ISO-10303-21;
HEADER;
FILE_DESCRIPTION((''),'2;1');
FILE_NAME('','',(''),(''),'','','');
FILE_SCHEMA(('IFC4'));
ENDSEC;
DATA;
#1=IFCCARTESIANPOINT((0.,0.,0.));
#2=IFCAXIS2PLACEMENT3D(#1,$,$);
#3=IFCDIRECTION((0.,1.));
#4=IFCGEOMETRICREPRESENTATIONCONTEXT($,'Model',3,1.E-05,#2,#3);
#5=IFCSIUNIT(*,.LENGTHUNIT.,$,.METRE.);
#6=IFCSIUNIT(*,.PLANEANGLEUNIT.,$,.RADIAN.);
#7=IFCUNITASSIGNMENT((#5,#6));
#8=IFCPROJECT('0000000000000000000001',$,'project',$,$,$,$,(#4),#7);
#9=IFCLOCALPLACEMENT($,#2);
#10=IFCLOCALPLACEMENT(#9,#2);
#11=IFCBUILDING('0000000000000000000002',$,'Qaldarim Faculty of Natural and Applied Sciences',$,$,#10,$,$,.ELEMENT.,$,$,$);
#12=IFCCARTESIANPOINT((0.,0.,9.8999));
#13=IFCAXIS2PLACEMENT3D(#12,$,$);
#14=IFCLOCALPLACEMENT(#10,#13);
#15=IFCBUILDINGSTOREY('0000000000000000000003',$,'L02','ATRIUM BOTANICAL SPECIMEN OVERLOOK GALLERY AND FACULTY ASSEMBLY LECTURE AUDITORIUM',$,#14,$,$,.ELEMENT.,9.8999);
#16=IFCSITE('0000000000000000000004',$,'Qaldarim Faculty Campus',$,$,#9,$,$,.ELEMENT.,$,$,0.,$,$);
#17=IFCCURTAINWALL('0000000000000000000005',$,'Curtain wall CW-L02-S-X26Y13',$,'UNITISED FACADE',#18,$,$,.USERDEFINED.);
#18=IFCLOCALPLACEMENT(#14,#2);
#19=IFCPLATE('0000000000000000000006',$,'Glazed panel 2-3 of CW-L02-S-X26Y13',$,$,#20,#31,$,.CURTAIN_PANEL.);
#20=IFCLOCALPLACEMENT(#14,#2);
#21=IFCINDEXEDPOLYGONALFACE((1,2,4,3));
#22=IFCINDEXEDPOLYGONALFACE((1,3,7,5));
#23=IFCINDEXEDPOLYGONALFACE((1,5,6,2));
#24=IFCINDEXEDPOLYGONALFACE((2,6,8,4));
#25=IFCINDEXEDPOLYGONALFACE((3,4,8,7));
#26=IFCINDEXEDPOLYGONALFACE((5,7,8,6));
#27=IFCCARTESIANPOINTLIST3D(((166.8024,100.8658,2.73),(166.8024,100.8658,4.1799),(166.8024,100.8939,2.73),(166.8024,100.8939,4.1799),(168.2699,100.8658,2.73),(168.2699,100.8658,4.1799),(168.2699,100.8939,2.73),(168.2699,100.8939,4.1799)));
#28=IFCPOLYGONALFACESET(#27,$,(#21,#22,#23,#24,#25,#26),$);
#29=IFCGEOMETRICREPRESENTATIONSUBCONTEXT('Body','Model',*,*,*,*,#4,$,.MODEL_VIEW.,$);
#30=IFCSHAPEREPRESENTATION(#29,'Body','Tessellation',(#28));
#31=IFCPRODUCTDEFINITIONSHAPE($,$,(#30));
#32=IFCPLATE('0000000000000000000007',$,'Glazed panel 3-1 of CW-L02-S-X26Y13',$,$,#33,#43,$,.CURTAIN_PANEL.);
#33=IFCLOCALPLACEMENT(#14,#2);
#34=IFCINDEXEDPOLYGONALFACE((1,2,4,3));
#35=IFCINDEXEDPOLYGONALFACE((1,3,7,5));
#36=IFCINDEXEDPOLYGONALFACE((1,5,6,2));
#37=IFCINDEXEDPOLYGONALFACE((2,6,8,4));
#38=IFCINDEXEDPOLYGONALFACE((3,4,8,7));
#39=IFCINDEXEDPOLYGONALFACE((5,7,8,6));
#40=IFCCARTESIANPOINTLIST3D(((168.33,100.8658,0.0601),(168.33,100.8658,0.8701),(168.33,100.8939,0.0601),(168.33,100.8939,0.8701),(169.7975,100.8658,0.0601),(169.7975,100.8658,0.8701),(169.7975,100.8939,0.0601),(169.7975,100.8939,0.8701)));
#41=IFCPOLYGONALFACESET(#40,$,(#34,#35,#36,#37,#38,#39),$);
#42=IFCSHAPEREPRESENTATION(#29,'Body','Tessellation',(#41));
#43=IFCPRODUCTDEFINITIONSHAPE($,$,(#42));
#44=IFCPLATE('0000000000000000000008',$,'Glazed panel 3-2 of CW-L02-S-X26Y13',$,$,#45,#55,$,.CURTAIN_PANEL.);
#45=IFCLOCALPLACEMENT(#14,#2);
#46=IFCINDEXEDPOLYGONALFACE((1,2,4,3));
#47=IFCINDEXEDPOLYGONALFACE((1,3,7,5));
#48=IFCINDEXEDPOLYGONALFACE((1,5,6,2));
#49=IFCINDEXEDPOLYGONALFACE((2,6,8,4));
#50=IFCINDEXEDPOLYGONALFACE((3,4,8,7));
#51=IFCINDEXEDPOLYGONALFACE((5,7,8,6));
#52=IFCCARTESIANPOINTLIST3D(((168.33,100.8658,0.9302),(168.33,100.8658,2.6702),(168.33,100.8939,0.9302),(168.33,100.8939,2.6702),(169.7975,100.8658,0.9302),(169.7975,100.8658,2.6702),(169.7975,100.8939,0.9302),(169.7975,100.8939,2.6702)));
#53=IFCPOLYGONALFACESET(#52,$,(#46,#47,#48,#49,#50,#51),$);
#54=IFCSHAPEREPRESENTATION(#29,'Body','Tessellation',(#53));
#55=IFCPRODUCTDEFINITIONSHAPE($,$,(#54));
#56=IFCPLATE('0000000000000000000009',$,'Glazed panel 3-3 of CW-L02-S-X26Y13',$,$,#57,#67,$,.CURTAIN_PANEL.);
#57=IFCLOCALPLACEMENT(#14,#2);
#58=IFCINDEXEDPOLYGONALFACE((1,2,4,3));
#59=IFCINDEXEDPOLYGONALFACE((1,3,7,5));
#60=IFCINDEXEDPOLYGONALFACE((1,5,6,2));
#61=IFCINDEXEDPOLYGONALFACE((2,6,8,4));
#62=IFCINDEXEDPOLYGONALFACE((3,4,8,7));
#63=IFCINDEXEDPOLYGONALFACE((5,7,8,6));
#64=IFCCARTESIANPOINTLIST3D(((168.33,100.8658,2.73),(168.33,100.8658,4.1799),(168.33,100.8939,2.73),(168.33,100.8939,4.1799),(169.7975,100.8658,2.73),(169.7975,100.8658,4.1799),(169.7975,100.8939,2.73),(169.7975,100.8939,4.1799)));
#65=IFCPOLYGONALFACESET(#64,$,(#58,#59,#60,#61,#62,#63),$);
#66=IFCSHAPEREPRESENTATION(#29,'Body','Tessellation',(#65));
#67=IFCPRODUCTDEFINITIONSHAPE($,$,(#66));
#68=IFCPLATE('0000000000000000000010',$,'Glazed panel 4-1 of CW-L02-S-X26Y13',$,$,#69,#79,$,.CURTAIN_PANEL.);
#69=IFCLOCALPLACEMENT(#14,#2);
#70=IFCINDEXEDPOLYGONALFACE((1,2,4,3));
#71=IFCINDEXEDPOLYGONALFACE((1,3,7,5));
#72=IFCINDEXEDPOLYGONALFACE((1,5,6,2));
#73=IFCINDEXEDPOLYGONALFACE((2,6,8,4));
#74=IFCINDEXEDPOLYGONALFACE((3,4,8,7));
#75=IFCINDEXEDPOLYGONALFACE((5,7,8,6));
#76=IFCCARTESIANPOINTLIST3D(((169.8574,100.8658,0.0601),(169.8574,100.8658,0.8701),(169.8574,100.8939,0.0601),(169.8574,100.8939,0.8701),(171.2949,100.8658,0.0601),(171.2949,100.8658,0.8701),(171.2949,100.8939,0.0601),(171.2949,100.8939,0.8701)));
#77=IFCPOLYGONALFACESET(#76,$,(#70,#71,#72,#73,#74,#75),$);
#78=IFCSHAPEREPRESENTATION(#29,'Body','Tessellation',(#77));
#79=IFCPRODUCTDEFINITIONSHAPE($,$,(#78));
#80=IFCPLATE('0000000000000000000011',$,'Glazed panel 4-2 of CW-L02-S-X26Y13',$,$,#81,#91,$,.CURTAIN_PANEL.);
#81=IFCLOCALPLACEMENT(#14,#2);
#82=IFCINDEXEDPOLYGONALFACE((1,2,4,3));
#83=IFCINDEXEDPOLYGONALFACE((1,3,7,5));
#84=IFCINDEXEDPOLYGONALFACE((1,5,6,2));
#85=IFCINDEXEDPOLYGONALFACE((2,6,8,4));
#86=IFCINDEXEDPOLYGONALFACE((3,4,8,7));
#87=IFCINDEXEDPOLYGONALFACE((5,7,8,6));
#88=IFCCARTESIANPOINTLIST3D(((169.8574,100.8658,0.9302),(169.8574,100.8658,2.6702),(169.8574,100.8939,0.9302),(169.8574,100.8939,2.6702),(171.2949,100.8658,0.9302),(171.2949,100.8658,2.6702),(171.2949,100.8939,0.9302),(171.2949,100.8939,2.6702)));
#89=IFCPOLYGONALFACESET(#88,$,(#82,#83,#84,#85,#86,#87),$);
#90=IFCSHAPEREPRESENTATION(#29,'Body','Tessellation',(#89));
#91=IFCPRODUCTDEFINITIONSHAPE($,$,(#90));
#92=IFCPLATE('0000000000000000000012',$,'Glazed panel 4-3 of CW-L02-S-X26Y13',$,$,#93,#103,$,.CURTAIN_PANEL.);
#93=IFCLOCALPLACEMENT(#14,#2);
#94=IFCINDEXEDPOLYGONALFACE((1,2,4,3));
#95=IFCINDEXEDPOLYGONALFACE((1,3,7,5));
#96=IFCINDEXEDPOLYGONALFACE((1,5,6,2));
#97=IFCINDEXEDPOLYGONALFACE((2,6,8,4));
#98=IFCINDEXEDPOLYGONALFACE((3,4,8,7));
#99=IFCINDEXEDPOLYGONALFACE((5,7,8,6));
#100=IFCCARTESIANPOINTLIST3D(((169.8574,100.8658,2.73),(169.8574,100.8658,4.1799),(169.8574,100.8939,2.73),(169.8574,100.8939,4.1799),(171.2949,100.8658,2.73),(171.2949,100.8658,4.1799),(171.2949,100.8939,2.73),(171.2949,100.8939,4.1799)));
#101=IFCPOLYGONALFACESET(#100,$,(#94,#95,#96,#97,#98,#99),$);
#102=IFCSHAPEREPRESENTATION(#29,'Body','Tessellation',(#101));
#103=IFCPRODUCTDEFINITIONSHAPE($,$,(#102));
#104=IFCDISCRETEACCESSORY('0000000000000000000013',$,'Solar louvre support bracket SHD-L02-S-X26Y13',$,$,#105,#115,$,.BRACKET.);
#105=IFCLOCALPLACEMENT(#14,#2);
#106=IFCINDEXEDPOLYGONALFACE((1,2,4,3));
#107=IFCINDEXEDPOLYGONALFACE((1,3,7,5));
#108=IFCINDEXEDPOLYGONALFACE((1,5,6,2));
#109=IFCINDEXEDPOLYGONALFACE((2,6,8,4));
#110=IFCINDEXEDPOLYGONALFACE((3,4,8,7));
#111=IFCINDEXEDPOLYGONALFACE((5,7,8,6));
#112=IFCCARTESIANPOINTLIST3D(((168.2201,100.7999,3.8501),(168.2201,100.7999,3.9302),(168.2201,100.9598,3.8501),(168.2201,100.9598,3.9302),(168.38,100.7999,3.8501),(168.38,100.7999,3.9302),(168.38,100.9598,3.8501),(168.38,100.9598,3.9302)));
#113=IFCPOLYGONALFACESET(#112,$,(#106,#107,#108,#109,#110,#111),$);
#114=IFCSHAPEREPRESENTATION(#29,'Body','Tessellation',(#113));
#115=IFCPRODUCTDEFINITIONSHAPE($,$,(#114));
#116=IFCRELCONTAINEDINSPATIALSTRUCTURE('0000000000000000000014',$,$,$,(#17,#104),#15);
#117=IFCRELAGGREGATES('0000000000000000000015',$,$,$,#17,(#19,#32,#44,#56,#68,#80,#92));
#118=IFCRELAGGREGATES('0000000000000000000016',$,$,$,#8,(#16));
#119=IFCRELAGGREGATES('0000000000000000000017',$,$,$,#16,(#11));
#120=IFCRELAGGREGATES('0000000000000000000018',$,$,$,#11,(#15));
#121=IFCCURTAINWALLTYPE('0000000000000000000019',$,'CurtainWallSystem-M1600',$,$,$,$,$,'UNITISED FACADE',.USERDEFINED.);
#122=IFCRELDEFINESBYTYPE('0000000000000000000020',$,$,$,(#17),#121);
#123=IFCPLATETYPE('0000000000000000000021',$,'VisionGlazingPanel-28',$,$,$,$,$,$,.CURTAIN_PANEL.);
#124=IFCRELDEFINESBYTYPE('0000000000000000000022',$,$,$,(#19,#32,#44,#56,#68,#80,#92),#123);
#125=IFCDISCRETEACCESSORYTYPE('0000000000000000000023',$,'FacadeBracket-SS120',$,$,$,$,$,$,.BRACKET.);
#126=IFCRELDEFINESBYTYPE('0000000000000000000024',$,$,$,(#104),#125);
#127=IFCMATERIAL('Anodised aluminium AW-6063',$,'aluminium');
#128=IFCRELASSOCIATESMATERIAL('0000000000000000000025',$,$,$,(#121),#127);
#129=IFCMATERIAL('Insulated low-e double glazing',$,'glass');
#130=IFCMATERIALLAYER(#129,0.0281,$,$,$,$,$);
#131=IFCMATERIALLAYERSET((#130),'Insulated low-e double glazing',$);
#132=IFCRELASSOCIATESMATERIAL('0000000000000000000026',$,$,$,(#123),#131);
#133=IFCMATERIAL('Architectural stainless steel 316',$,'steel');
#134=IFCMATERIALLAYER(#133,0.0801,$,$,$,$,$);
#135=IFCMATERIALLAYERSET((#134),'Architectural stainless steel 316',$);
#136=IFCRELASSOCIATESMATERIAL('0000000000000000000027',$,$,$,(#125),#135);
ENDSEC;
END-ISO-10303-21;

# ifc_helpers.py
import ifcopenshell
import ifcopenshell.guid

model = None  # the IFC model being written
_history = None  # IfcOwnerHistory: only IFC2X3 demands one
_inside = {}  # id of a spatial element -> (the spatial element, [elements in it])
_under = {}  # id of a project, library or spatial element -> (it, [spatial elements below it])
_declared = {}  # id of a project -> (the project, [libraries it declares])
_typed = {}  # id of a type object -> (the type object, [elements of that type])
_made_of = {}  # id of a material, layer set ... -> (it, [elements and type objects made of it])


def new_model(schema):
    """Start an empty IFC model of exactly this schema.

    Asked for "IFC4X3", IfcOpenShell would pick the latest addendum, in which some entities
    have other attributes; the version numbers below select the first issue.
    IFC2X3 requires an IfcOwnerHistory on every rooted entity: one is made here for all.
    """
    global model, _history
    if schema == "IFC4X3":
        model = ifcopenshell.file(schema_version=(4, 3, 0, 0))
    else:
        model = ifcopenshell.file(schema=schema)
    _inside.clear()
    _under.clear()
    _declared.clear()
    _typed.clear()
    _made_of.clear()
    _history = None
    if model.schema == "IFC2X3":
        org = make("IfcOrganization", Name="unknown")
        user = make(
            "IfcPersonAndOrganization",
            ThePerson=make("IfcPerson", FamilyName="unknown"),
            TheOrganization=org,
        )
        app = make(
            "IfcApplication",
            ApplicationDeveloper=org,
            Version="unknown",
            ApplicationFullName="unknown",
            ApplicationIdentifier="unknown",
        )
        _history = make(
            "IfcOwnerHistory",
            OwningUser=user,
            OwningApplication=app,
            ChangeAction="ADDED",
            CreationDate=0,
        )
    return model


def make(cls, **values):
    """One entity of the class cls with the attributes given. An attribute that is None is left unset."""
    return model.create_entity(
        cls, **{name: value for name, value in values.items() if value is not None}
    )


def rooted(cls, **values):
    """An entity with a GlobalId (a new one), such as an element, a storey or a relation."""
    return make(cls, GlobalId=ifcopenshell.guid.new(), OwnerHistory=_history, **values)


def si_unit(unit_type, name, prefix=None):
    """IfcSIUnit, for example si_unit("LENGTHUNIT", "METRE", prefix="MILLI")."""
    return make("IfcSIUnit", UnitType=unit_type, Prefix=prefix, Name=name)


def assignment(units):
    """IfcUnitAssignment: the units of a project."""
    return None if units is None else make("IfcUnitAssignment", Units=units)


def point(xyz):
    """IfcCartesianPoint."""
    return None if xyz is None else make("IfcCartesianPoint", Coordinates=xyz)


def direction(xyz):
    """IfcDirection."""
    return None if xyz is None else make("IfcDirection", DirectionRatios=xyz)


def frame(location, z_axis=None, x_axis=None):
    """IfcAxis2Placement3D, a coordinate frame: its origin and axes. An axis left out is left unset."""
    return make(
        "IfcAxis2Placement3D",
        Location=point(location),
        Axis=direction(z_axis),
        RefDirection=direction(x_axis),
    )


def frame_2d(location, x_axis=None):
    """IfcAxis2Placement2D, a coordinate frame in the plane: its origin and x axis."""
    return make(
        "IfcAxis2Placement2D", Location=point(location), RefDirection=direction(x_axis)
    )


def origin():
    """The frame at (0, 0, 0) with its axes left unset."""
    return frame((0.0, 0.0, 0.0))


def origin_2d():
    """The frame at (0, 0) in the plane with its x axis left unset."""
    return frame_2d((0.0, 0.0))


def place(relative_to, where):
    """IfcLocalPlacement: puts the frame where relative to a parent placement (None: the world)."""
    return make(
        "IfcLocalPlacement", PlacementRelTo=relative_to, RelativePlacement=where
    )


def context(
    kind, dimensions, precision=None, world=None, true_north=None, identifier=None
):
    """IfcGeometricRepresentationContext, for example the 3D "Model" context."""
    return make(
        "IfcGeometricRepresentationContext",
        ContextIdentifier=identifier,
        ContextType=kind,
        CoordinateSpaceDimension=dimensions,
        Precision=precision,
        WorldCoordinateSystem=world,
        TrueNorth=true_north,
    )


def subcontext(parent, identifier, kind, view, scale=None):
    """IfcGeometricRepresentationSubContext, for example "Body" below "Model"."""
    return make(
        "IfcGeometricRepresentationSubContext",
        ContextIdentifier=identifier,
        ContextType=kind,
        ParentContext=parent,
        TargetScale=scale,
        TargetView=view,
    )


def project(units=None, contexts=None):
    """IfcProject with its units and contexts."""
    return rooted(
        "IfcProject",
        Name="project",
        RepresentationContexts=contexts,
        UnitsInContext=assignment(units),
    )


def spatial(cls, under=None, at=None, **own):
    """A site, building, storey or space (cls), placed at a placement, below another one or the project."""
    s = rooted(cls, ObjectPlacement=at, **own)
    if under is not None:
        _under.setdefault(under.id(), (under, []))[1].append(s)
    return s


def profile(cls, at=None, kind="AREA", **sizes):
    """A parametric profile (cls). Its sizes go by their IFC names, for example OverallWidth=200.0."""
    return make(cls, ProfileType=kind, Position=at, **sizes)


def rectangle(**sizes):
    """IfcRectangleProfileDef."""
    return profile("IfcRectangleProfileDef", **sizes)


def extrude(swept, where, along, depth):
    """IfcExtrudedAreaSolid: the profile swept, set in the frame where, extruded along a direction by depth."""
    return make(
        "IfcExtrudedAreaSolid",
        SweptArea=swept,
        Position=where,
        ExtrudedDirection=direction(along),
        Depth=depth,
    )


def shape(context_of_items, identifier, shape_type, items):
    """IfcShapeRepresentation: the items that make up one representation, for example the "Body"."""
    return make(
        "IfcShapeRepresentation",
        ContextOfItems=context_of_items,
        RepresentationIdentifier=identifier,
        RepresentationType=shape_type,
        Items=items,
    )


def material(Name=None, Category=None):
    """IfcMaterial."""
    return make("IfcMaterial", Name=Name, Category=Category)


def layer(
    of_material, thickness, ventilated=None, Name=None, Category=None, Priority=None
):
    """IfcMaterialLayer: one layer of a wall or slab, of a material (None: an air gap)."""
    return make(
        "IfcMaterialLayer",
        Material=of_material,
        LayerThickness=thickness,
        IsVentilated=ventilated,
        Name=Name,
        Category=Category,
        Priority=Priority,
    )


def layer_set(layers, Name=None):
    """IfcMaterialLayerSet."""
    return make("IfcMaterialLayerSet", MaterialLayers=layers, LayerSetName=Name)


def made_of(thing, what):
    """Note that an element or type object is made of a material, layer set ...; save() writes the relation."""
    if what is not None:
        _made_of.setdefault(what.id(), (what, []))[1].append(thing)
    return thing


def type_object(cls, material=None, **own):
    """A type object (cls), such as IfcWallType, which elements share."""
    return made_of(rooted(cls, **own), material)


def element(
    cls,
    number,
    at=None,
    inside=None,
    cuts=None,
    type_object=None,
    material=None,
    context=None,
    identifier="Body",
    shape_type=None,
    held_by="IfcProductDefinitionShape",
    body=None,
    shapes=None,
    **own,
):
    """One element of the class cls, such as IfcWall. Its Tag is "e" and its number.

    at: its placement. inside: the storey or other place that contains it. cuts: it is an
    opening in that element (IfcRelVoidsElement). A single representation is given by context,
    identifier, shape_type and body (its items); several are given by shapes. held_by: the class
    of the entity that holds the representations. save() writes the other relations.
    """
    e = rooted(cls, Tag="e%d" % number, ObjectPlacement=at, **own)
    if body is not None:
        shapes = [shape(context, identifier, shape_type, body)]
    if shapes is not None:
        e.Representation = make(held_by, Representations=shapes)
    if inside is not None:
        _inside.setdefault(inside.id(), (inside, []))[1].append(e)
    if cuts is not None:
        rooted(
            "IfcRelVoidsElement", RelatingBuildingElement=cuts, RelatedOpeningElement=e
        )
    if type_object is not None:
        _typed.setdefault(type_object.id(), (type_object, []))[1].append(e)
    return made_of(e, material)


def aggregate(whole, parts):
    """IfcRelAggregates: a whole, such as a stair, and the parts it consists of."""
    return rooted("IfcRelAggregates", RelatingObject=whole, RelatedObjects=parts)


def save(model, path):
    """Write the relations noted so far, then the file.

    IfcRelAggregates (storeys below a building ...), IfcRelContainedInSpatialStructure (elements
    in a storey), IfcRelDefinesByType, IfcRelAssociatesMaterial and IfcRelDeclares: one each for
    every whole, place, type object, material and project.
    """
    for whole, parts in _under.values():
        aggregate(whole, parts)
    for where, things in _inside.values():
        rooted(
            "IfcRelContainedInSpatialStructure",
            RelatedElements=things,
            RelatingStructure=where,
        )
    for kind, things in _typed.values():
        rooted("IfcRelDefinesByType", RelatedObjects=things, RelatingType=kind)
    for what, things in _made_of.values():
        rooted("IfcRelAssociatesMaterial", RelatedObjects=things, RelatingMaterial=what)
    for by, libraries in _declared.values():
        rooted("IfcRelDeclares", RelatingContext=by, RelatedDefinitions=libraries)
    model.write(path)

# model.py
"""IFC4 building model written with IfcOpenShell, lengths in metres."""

from ifc_helpers import new_model, si_unit, direction, frame, origin, origin_2d, place, context, subcontext, project, spatial, rectangle, extrude, material, layer, layer_set, type_object, element, aggregate, save


model = new_model("IFC4")

# Units and contexts
model_context = context("Model", 3, precision=1e-05, world=origin(), true_north=direction((0.0, 1.0)))
body_context = subcontext(model_context, "Body", "Model", "MODEL_VIEW")
ifc_project = project(units=[si_unit("LENGTHUNIT", "METRE"), si_unit("PLANEANGLEUNIT", "RADIAN")], contexts=[model_context])

# Site, building, storey
site_placement = place(None, origin())
site = spatial("IfcSite", under=ifc_project, at=site_placement, Name="Qaldarim Faculty Campus", CompositionType="ELEMENT", RefElevation=0.0)
building_placement = place(site_placement, origin())
building = spatial("IfcBuilding", under=site, at=building_placement, Name="Qaldarim Faculty of Natural and Applied Sciences", CompositionType="ELEMENT")
storey_placement = place(building_placement, frame((0.0, 0.0, 9.8999)))
storey = spatial("IfcBuildingStorey", under=building, at=storey_placement, Name="L02", Description="ATRIUM BOTANICAL SPECIMEN OVERLOOK GALLERY AND FACULTY ASSEMBLY LECTURE AUDITORIUM", CompositionType="ELEMENT", Elevation=9.8999)

# Curtain wall, plates
ifc_material_1 = material(Name="Anodised aluminium AW-6063", Category="aluminium")
curtain_wall_type = type_object("IfcCurtainWallType", Name="CurtainWallSystem-M1600", ElementType="UNITISED FACADE", PredefinedType="USERDEFINED", material=ifc_material_1)
curtain_wall_placement = place(storey_placement, origin())
curtain_wall = element("IfcCurtainWall", 1, at=curtain_wall_placement, inside=storey, type_object=curtain_wall_type, Name="Curtain wall CW-L02-S-X26Y13", ObjectType="UNITISED FACADE", PredefinedType="USERDEFINED")
ifc_material_2 = material(Name="Insulated low-e double glazing", Category="glass")
ifc_layer_1 = layer(ifc_material_2, 0.0281)
ifc_layer_set_1 = layer_set([ifc_layer_1], Name="Insulated low-e double glazing")
plate_type = type_object("IfcPlateType", Name="VisionGlazingPanel-28", PredefinedType="CURTAIN_PANEL", material=ifc_layer_set_1)
plate_1_placement = place(storey_placement, frame((167.5361, 100.8799, 2.73), z_axis=(0.0, 0.0, 1.0), x_axis=(1.0, 0.0, 0.0)))
plate_1 = element("IfcPlate", 2, at=plate_1_placement, type_object=plate_type, Name="Glazed panel 2-3 of CW-L02-S-X26Y13", PredefinedType="CURTAIN_PANEL", context=body_context, shape_type="SweptSolid", body=[
    extrude(rectangle(XDim=1.4675, YDim=0.0281, at=origin_2d()), origin(), (0.0, 0.0, 1.0), 1.45),
])
plate_2_placement = place(storey_placement, frame((169.0637, 100.8799, 0.0601), z_axis=(0.0, 0.0, 1.0), x_axis=(1.0, 0.0, 0.0)))
plate_2 = element("IfcPlate", 3, at=plate_2_placement, type_object=plate_type, Name="Glazed panel 3-1 of CW-L02-S-X26Y13", PredefinedType="CURTAIN_PANEL", context=body_context, shape_type="SweptSolid", body=[
    extrude(rectangle(XDim=1.4675, YDim=0.0281, at=origin_2d()), origin(), (0.0, 0.0, 1.0), 0.8101),
])
plate_3_placement = place(storey_placement, frame((169.0637, 100.8799, 0.9302), z_axis=(0.0, 0.0, 1.0), x_axis=(1.0, 0.0, 0.0)))
plate_3 = element("IfcPlate", 4, at=plate_3_placement, type_object=plate_type, Name="Glazed panel 3-2 of CW-L02-S-X26Y13", PredefinedType="CURTAIN_PANEL", context=body_context, shape_type="SweptSolid", body=[
    extrude(rectangle(XDim=1.4675, YDim=0.0281, at=origin_2d()), origin(), (0.0, 0.0, 1.0), 1.74),
])
plate_4_placement = place(storey_placement, frame((169.0637, 100.8799, 2.73), z_axis=(0.0, 0.0, 1.0), x_axis=(1.0, 0.0, 0.0)))
plate_4 = element("IfcPlate", 5, at=plate_4_placement, type_object=plate_type, Name="Glazed panel 3-3 of CW-L02-S-X26Y13", PredefinedType="CURTAIN_PANEL", context=body_context, shape_type="SweptSolid", body=[
    extrude(rectangle(XDim=1.4675, YDim=0.0281, at=origin_2d()), origin(), (0.0, 0.0, 1.0), 1.45),
])
plate_5_placement = place(storey_placement, frame((170.5762, 100.8799, 0.0601), z_axis=(0.0, 0.0, 1.0), x_axis=(1.0, 0.0, 0.0)))
plate_5 = element("IfcPlate", 6, at=plate_5_placement, type_object=plate_type, Name="Glazed panel 4-1 of CW-L02-S-X26Y13", PredefinedType="CURTAIN_PANEL", context=body_context, shape_type="SweptSolid", body=[
    extrude(rectangle(XDim=1.4375, YDim=0.0281, at=origin_2d()), origin(), (0.0, 0.0, 1.0), 0.8101),
])
plate_6_placement = place(storey_placement, frame((170.5762, 100.8799, 0.9302), z_axis=(0.0, 0.0, 1.0), x_axis=(1.0, 0.0, 0.0)))
plate_6 = element("IfcPlate", 7, at=plate_6_placement, type_object=plate_type, Name="Glazed panel 4-2 of CW-L02-S-X26Y13", PredefinedType="CURTAIN_PANEL", context=body_context, shape_type="SweptSolid", body=[
    extrude(rectangle(XDim=1.4375, YDim=0.0281, at=origin_2d()), origin(), (0.0, 0.0, 1.0), 1.74),
])
plate_7_placement = place(storey_placement, frame((170.5762, 100.8799, 2.73), z_axis=(0.0, 0.0, 1.0), x_axis=(1.0, 0.0, 0.0)))
plate_7 = element("IfcPlate", 8, at=plate_7_placement, type_object=plate_type, Name="Glazed panel 4-3 of CW-L02-S-X26Y13", PredefinedType="CURTAIN_PANEL", context=body_context, shape_type="SweptSolid", body=[
    extrude(rectangle(XDim=1.4375, YDim=0.0281, at=origin_2d()), origin(), (0.0, 0.0, 1.0), 1.45),
])
aggregate(curtain_wall, [plate_1, plate_2, plate_3, plate_4, plate_5, plate_6, plate_7])

# Discrete accessory
ifc_material_3 = material(Name="Architectural stainless steel 316", Category="steel")
ifc_layer_2 = layer(ifc_material_3, 0.0801)
ifc_layer_set_2 = layer_set([ifc_layer_2], Name="Architectural stainless steel 316")
discrete_accessory_type = type_object("IfcDiscreteAccessoryType", Name="FacadeBracket-SS120", PredefinedType="BRACKET", material=ifc_layer_set_2)
discrete_accessory_placement = place(storey_placement, frame((168.3, 100.8799, 3.8501), z_axis=(0.0, 0.0, 1.0), x_axis=(1.0, 0.0, 0.0)))
element("IfcDiscreteAccessory", 9, at=discrete_accessory_placement, inside=storey, type_object=discrete_accessory_type, Name="Solar louvre support bracket SHD-L02-S-X26Y13", PredefinedType="BRACKET", context=body_context, shape_type="SweptSolid", body=[
    extrude(rectangle(XDim=0.1599, YDim=0.1599, at=origin_2d()), origin(), (0.0, 0.0, 1.0), 0.0801),
])

save(model, "model.ifc")
